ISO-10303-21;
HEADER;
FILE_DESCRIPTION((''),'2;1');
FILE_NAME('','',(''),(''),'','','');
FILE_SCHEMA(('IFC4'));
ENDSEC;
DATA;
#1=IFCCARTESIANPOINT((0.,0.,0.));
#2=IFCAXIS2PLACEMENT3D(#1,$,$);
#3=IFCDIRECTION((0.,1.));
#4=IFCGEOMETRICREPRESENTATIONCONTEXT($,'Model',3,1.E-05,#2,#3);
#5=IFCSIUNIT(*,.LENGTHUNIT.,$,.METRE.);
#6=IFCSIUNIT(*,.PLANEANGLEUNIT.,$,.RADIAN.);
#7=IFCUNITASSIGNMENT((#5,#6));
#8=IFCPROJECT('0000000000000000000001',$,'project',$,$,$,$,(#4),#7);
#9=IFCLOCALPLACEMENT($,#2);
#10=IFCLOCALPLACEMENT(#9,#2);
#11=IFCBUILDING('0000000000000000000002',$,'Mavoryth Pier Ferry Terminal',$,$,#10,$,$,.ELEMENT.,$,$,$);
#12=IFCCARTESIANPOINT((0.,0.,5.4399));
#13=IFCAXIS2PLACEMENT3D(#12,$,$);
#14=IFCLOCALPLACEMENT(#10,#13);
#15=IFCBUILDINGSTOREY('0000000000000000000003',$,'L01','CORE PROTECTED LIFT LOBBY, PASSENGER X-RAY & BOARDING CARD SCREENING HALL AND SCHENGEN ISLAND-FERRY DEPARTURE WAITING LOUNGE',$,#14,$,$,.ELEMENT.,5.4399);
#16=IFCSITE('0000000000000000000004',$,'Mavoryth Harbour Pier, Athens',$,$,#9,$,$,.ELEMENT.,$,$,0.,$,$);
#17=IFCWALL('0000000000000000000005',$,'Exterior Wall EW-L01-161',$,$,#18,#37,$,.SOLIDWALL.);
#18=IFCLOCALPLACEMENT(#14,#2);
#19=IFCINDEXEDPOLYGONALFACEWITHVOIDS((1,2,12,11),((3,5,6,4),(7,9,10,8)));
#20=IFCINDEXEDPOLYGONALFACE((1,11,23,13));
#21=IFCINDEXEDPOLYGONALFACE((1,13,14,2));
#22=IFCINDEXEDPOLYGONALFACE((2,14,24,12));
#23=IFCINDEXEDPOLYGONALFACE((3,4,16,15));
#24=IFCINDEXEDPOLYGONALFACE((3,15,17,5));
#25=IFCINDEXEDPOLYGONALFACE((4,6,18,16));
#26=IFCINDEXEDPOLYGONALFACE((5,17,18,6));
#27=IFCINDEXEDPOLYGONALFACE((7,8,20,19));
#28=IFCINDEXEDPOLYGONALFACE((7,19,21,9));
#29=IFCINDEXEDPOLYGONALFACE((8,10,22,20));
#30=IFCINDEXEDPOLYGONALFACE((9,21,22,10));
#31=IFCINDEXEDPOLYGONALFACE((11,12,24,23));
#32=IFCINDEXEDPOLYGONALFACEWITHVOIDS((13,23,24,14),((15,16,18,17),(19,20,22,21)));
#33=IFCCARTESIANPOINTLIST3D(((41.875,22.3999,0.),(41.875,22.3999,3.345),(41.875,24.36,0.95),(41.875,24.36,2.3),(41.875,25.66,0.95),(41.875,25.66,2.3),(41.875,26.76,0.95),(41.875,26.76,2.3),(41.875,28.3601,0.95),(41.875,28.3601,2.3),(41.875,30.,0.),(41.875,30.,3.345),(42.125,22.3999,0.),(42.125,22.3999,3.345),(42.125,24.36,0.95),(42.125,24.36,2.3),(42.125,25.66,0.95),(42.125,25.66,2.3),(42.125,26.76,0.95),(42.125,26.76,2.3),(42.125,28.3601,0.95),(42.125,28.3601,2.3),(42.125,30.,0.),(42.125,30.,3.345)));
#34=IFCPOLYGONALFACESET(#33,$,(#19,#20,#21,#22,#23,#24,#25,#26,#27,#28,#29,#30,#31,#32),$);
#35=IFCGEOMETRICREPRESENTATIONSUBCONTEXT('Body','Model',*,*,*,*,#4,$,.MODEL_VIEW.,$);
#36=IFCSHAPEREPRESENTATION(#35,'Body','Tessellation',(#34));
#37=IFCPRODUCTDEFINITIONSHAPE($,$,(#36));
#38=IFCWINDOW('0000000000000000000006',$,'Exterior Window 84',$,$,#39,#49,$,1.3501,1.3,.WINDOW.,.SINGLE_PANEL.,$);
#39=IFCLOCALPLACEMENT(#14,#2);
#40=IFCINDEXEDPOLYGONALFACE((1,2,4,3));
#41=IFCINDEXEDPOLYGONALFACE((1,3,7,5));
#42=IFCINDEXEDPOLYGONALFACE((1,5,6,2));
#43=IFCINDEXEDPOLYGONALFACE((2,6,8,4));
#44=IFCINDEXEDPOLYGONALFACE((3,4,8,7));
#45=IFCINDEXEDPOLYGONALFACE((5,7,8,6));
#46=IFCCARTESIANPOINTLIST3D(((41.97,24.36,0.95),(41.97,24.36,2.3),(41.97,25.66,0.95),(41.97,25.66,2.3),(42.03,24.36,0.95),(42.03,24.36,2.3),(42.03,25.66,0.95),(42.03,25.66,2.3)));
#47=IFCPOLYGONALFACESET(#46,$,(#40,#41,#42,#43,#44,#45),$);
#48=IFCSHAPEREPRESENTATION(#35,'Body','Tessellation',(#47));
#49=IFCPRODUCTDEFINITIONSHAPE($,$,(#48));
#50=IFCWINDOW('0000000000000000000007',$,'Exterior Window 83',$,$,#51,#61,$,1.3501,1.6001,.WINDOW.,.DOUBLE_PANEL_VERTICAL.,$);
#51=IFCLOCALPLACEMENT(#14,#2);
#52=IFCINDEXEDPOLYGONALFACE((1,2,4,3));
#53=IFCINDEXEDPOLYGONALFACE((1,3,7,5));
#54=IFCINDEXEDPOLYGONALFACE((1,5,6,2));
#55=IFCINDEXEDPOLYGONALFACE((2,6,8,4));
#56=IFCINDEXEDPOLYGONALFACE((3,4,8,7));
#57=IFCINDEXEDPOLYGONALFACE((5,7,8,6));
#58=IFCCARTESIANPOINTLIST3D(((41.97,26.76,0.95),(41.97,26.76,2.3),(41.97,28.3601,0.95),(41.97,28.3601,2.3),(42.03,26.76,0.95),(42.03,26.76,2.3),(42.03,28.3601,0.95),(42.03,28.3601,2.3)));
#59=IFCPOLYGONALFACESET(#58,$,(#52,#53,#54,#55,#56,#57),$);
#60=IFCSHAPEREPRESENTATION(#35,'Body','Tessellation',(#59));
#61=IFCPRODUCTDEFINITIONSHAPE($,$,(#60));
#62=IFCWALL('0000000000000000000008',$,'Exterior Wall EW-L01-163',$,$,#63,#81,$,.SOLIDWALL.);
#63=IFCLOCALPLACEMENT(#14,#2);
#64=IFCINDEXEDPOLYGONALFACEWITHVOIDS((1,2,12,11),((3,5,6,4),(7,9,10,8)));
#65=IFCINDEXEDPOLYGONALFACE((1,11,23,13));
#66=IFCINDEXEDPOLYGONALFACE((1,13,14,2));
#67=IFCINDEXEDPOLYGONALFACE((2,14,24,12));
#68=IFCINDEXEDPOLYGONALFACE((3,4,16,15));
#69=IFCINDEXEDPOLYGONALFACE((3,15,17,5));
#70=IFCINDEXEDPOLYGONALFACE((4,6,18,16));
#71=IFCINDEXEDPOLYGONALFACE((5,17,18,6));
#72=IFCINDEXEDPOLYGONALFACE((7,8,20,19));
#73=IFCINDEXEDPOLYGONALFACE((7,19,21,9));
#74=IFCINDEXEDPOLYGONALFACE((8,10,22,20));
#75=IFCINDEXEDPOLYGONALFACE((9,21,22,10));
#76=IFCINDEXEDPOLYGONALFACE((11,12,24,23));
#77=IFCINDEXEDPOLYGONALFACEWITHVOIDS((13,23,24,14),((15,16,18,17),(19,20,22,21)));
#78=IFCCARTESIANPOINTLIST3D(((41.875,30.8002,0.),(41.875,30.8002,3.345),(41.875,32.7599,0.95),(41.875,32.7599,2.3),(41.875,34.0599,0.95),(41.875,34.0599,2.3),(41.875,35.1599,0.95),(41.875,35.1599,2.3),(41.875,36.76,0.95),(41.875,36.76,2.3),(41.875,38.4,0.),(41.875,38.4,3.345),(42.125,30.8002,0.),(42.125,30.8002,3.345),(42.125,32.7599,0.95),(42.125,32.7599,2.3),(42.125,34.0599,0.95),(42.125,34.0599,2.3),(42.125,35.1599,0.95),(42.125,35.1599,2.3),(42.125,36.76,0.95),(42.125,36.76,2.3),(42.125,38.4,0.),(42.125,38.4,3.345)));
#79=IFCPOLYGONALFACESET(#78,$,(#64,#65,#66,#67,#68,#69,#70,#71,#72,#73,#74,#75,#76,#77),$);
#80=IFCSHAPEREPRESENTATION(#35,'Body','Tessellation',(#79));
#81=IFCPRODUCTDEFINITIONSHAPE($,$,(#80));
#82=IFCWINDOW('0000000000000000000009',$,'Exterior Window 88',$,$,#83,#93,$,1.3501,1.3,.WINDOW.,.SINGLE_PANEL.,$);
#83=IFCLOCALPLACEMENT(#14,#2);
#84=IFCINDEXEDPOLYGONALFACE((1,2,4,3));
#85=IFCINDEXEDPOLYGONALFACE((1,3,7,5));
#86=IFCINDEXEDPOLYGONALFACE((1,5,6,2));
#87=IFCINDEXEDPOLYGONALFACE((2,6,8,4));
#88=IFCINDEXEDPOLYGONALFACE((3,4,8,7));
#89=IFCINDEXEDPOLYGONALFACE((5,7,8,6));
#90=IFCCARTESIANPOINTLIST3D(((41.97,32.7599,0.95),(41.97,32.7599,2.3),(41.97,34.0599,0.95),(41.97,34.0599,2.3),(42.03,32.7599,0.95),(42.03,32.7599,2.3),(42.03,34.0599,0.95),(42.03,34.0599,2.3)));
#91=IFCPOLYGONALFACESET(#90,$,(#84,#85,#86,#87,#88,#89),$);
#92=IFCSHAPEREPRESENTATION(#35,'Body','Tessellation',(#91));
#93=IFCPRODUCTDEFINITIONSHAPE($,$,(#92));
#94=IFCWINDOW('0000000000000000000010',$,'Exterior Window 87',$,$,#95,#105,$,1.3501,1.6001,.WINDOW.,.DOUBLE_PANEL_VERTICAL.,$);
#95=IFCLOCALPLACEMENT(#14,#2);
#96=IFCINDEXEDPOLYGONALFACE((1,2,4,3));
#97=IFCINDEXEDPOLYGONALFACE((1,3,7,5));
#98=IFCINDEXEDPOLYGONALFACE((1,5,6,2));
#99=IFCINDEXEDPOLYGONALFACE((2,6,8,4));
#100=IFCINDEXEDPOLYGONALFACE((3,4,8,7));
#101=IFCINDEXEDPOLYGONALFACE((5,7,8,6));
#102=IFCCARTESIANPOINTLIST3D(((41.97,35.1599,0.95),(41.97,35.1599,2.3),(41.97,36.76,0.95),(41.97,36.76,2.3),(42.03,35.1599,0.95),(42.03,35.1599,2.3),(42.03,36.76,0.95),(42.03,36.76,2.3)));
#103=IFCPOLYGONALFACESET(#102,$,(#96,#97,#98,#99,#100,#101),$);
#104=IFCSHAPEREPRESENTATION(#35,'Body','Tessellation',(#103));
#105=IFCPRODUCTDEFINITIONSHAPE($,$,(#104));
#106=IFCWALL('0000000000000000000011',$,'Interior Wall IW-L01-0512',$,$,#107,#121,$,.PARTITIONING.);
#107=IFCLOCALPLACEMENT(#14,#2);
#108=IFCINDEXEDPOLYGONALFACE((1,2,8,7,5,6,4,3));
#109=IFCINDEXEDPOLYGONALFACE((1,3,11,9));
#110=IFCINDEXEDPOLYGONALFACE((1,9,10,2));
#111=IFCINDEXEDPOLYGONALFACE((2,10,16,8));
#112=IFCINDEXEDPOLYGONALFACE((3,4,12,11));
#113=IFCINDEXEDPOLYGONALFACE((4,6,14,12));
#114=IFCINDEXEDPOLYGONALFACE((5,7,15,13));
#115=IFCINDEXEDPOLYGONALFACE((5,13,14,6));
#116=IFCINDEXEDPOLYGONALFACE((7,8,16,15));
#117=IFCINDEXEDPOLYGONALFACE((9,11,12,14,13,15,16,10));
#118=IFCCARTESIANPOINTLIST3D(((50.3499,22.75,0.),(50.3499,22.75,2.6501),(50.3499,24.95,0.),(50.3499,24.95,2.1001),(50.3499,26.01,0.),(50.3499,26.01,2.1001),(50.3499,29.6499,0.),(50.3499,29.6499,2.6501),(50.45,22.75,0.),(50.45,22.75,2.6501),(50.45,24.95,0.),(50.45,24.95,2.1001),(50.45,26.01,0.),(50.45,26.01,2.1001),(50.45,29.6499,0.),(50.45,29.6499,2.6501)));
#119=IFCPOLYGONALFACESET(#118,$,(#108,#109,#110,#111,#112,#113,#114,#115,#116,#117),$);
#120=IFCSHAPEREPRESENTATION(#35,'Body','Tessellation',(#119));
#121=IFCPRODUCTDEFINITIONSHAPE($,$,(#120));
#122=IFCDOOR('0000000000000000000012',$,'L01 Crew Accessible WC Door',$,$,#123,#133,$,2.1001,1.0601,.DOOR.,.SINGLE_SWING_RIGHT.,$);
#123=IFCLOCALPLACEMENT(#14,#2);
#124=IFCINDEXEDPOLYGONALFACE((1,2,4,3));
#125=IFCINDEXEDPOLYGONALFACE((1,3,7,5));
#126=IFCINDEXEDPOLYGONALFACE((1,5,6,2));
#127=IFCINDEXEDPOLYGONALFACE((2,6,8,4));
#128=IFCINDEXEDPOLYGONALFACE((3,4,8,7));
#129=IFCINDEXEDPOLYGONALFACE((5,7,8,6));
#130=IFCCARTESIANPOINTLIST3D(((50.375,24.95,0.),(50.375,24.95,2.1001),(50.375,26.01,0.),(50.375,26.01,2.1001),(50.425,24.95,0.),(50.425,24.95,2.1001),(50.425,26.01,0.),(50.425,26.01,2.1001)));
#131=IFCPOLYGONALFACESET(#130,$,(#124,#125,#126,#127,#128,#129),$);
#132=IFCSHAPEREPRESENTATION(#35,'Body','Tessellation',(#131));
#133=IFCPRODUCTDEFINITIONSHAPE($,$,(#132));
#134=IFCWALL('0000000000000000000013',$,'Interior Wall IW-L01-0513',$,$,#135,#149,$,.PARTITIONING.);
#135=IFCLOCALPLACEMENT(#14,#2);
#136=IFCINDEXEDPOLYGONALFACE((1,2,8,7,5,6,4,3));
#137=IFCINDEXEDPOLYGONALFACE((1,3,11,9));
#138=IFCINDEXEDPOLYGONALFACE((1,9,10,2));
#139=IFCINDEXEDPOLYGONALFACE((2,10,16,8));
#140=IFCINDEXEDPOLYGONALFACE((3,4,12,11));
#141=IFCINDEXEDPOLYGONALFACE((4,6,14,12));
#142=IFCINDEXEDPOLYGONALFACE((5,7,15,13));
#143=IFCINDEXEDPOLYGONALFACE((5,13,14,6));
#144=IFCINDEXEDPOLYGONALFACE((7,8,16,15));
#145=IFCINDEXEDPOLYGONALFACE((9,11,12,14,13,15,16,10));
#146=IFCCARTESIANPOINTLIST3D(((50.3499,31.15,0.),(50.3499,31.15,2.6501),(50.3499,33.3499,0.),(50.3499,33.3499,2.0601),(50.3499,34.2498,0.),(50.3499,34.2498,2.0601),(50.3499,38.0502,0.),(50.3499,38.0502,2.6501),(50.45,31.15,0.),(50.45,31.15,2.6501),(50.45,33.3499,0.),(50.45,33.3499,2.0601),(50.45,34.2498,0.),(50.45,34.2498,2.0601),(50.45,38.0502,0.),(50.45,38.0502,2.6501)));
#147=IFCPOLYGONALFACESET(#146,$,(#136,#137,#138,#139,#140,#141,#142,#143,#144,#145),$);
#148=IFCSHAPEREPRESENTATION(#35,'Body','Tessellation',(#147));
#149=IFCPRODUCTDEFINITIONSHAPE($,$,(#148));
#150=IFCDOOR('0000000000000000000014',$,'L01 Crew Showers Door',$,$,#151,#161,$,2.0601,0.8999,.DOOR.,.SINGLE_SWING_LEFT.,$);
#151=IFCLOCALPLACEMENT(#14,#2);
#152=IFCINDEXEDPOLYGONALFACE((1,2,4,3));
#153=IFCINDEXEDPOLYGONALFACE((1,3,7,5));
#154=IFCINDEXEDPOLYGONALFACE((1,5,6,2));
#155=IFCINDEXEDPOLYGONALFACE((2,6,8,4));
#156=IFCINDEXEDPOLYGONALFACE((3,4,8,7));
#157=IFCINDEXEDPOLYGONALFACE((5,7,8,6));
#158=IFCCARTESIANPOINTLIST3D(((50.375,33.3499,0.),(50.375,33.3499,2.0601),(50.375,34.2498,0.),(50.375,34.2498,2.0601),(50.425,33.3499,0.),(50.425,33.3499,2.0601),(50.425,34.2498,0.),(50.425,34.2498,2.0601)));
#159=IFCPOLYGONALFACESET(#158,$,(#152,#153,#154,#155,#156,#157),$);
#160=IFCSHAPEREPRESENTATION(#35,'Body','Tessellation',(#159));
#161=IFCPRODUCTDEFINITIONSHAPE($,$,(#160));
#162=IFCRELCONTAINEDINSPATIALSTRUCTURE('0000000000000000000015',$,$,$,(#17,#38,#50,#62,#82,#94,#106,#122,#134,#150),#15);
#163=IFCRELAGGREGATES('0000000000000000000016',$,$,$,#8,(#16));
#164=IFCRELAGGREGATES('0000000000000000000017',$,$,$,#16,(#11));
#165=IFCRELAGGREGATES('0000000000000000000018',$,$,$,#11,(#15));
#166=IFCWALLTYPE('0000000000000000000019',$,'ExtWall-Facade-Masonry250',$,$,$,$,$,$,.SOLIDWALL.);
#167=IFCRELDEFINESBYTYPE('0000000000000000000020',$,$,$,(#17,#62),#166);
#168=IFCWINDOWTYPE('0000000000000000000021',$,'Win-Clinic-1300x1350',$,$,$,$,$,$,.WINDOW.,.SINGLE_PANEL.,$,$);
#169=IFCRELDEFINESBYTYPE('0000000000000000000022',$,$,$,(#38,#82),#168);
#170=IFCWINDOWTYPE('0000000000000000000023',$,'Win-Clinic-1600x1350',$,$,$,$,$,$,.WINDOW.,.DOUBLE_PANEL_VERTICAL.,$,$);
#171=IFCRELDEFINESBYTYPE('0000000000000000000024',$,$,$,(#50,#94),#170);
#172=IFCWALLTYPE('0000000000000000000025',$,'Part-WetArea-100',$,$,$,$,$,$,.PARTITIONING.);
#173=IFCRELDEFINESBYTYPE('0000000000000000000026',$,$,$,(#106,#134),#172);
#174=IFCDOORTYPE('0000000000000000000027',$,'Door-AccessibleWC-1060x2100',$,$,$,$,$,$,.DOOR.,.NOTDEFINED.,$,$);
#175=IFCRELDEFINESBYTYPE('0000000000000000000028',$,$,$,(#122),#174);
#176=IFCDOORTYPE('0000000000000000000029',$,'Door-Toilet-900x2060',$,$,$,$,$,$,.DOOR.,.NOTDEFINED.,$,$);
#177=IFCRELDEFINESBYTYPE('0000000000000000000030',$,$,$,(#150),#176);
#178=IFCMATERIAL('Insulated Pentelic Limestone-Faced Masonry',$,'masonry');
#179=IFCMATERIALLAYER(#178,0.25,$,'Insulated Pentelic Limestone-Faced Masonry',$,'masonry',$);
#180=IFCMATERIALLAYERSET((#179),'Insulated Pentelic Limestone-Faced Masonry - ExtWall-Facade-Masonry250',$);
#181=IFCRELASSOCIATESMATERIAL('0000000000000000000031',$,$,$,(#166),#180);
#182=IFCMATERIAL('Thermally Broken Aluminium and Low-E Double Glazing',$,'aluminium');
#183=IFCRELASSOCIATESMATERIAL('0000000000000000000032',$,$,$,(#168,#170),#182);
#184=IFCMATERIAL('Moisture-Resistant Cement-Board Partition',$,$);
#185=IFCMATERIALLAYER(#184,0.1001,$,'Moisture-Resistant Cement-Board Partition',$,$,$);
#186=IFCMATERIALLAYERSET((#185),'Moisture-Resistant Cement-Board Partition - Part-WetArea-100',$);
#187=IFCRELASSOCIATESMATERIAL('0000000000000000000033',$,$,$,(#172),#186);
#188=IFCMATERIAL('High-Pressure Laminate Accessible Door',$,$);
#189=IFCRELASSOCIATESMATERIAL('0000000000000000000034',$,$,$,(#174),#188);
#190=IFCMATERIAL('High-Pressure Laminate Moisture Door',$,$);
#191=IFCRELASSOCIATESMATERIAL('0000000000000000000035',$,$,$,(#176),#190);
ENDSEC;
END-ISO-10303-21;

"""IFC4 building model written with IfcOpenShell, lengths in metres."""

from ifc_helpers import new_model, si_unit, direction, frame, frame_2d, origin, place, context, subcontext, project, spatial, rectangle, extrude, material, layer, layer_set, type_object, element, fill, save


model = new_model("IFC4")

# Units and contexts
model_context = context("Model", 3, precision=1e-05, world=origin(), true_north=direction((0.0, 1.0)))
body_context = subcontext(model_context, "Body", "Model", "MODEL_VIEW")
ifc_project = project(units=[si_unit("LENGTHUNIT", "METRE"), si_unit("PLANEANGLEUNIT", "RADIAN")], contexts=[model_context])

# Site, building, storey
site_placement = place(None, origin())
site = spatial("IfcSite", under=ifc_project, at=site_placement, Name="Mavoryth Harbour Pier, Athens", CompositionType="ELEMENT", RefElevation=0.0)
building_placement = place(site_placement, origin())
building = spatial("IfcBuilding", under=site, at=building_placement, Name="Mavoryth Pier Ferry Terminal", CompositionType="ELEMENT")
storey_placement = place(building_placement, frame((0.0, 0.0, 5.4399)))
storey = spatial("IfcBuildingStorey", under=building, at=storey_placement, Name="L01", Description="CORE PROTECTED LIFT LOBBY, PASSENGER X-RAY & BOARDING CARD SCREENING HALL AND SCHENGEN ISLAND-FERRY DEPARTURE WAITING LOUNGE", CompositionType="ELEMENT", Elevation=5.4399)

# Walls, openings, windows
ifc_material_1 = material(Name="Insulated Pentelic Limestone-Faced Masonry", Category="masonry")
ifc_layer_1 = layer(ifc_material_1, 0.25, Name="Insulated Pentelic Limestone-Faced Masonry", Category="masonry")
ifc_layer_set_1 = layer_set([ifc_layer_1], Name="Insulated Pentelic Limestone-Faced Masonry - ExtWall-Facade-Masonry250")
wall_type_1 = type_object("IfcWallType", Name="ExtWall-Facade-Masonry250", PredefinedType="SOLIDWALL", material=ifc_layer_set_1)
wall_1_placement = place(storey_placement, frame((42.0, 30.0, 0.0), z_axis=(0.0, 0.0, 1.0), x_axis=(0.0, -1.0, 0.0)))
wall_1 = element("IfcWall", 1, at=wall_1_placement, inside=storey, type_object=wall_type_1, Name="Exterior Wall EW-L01-161", PredefinedType="SOLIDWALL", context=body_context, shape_type="SweptSolid", body=[
    extrude(rectangle(XDim=7.6001, YDim=0.25, at=frame_2d((3.8, 0.0))), origin(), (0.0, 0.0, 1.0), 3.345),
])
opening_1_placement = place(wall_1_placement, frame((1.6399, 0.0, 0.95)))
opening_1 = element("IfcOpeningElement", 2, at=opening_1_placement, cuts=wall_1, PredefinedType="OPENING", context=body_context, shape_type="SweptSolid", body=[
    extrude(rectangle(XDim=1.6001, YDim=1.3501, at=frame_2d((0.8, 0.675))), frame((0.0, 0.135, 0.0), z_axis=(0.0, -1.0, 0.0), x_axis=(1.0, 0.0, 0.0)), (0.0, 0.0, 1.0), 0.27),
])
opening_2_placement = place(wall_1_placement, frame((4.3401, 0.0, 0.95)))
opening_2 = element("IfcOpeningElement", 3, at=opening_2_placement, cuts=wall_1, PredefinedType="OPENING", context=body_context, shape_type="SweptSolid", body=[
    extrude(rectangle(XDim=1.3, YDim=1.3501, at=frame_2d((0.6499, 0.675))), frame((0.0, 0.135, 0.0), z_axis=(0.0, -1.0, 0.0), x_axis=(1.0, 0.0, 0.0)), (0.0, 0.0, 1.0), 0.27),
])
ifc_material_2 = material(Name="Thermally Broken Aluminium and Low-E Double Glazing", Category="aluminium")
window_type_1 = type_object("IfcWindowType", Name="Win-Clinic-1300x1350", PartitioningType="SINGLE_PANEL", PredefinedType="WINDOW", material=ifc_material_2)
window_1_placement = place(opening_2_placement, origin())
window_1 = element("IfcWindow", 4, at=window_1_placement, inside=storey, type_object=window_type_1, Name="Exterior Window 84", OverallHeight=1.3501, OverallWidth=1.3, PartitioningType="SINGLE_PANEL", PredefinedType="WINDOW", context=body_context, shape_type="SweptSolid", body=[
    extrude(rectangle(XDim=1.3, YDim=1.3501, at=frame_2d((0.6499, 0.675))), frame((0.0, 0.03, 0.0), z_axis=(0.0, -1.0, 0.0), x_axis=(1.0, 0.0, 0.0)), (0.0, 0.0, 1.0), 0.0601),
])
fill(opening_2, window_1)
window_type_2 = type_object("IfcWindowType", Name="Win-Clinic-1600x1350", PartitioningType="DOUBLE_PANEL_VERTICAL", PredefinedType="WINDOW", material=ifc_material_2)
window_2_placement = place(opening_1_placement, origin())
window_2 = element("IfcWindow", 5, at=window_2_placement, inside=storey, type_object=window_type_2, Name="Exterior Window 83", OverallHeight=1.3501, OverallWidth=1.6001, PartitioningType="DOUBLE_PANEL_VERTICAL", PredefinedType="WINDOW", context=body_context, shape_type="SweptSolid", body=[
    extrude(rectangle(XDim=1.6001, YDim=1.3501, at=frame_2d((0.8, 0.675))), frame((0.0, 0.03, 0.0), z_axis=(0.0, -1.0, 0.0), x_axis=(1.0, 0.0, 0.0)), (0.0, 0.0, 1.0), 0.0601),
])
fill(opening_1, window_2)
wall_2_placement = place(storey_placement, frame((42.0, 38.3999, 0.0), z_axis=(0.0, 0.0, 1.0), x_axis=(0.0, -1.0, 0.0)))
wall_2 = element("IfcWall", 6, at=wall_2_placement, inside=storey, type_object=wall_type_1, Name="Exterior Wall EW-L01-163", PredefinedType="SOLIDWALL", context=body_context, shape_type="SweptSolid", body=[
    extrude(rectangle(XDim=7.5999, YDim=0.25, at=frame_2d((3.7998, 0.0))), origin(), (0.0, 0.0, 1.0), 3.345),
])
opening_3_placement = place(wall_2_placement, frame((1.6399, 0.0, 0.95)))
opening_3 = element("IfcOpeningElement", 7, at=opening_3_placement, cuts=wall_2, PredefinedType="OPENING", context=body_context, shape_type="SweptSolid", body=[
    extrude(rectangle(XDim=1.6001, YDim=1.3501, at=frame_2d((0.8, 0.675))), frame((0.0, 0.135, 0.0), z_axis=(0.0, -1.0, 0.0), x_axis=(1.0, 0.0, 0.0)), (0.0, 0.0, 1.0), 0.27),
])
opening_4_placement = place(wall_2_placement, frame((4.3401, 0.0, 0.95)))
opening_4 = element("IfcOpeningElement", 8, at=opening_4_placement, cuts=wall_2, PredefinedType="OPENING", context=body_context, shape_type="SweptSolid", body=[
    extrude(rectangle(XDim=1.3, YDim=1.3501, at=frame_2d((0.6499, 0.675))), frame((0.0, 0.135, 0.0), z_axis=(0.0, -1.0, 0.0), x_axis=(1.0, 0.0, 0.0)), (0.0, 0.0, 1.0), 0.27),
])
window_3_placement = place(opening_4_placement, origin())
window_3 = element("IfcWindow", 9, at=window_3_placement, inside=storey, type_object=window_type_1, Name="Exterior Window 88", OverallHeight=1.3501, OverallWidth=1.3, PartitioningType="SINGLE_PANEL", PredefinedType="WINDOW", context=body_context, shape_type="SweptSolid", body=[
    extrude(rectangle(XDim=1.3, YDim=1.3501, at=frame_2d((0.6499, 0.675))), frame((0.0, 0.03, 0.0), z_axis=(0.0, -1.0, 0.0), x_axis=(1.0, 0.0, 0.0)), (0.0, 0.0, 1.0), 0.0601),
])
fill(opening_4, window_3)
window_4_placement = place(opening_3_placement, origin())
window_4 = element("IfcWindow", 10, at=window_4_placement, inside=storey, type_object=window_type_2, Name="Exterior Window 87", OverallHeight=1.3501, OverallWidth=1.6001, PartitioningType="DOUBLE_PANEL_VERTICAL", PredefinedType="WINDOW", context=body_context, shape_type="SweptSolid", body=[
    extrude(rectangle(XDim=1.6001, YDim=1.3501, at=frame_2d((0.8, 0.675))), frame((0.0, 0.03, 0.0), z_axis=(0.0, -1.0, 0.0), x_axis=(1.0, 0.0, 0.0)), (0.0, 0.0, 1.0), 0.0601),
])
fill(opening_3, window_4)

# Walls, openings, doors
ifc_material_3 = material(Name="Moisture-Resistant Cement-Board Partition")
ifc_layer_2 = layer(ifc_material_3, 0.1001, Name="Moisture-Resistant Cement-Board Partition")
ifc_layer_set_2 = layer_set([ifc_layer_2], Name="Moisture-Resistant Cement-Board Partition - Part-WetArea-100")
wall_type_2 = type_object("IfcWallType", Name="Part-WetArea-100", PredefinedType="PARTITIONING", material=ifc_layer_set_2)
wall_3_placement = place(storey_placement, frame((50.3999, 22.75, 0.0), z_axis=(0.0, 0.0, 1.0), x_axis=(0.0, 1.0, 0.0)))
wall_3 = element("IfcWall", 11, at=wall_3_placement, inside=storey, type_object=wall_type_2, Name="Interior Wall IW-L01-0512", PredefinedType="PARTITIONING", context=body_context, shape_type="SweptSolid", body=[
    extrude(rectangle(XDim=6.8999, YDim=0.1001, at=frame_2d((3.45, 0.0))), origin(), (0.0, 0.0, 1.0), 2.6501),
])
opening_5_placement = place(wall_3_placement, frame((2.2, 0.0, 0.0)))
opening_5 = element("IfcOpeningElement", 12, at=opening_5_placement, cuts=wall_3, PredefinedType="OPENING", context=body_context, shape_type="SweptSolid", body=[
    extrude(rectangle(XDim=1.0601, YDim=2.1001, at=frame_2d((0.53, 1.05))), frame((0.0, 0.0601, 0.0), z_axis=(0.0, -1.0, 0.0), x_axis=(1.0, 0.0, 0.0)), (0.0, 0.0, 1.0), 0.1201),
])
ifc_material_4 = material(Name="High-Pressure Laminate Accessible Door")
door_type_1 = type_object("IfcDoorType", Name="Door-AccessibleWC-1060x2100", OperationType="NOTDEFINED", PredefinedType="DOOR", material=ifc_material_4)
door_1_placement = place(opening_5_placement, origin())
door_1 = element("IfcDoor", 13, at=door_1_placement, inside=storey, type_object=door_type_1, Name="L01 Crew Accessible WC Door", OperationType="SINGLE_SWING_RIGHT", OverallHeight=2.1001, OverallWidth=1.0601, PredefinedType="DOOR", context=body_context, shape_type="SweptSolid", body=[
    extrude(rectangle(XDim=1.0601, YDim=2.1001, at=frame_2d((0.53, 1.05))), frame((0.0, 0.0249, 0.0), z_axis=(0.0, -1.0, 0.0), x_axis=(1.0, 0.0, 0.0)), (0.0, 0.0, 1.0), 0.05),
])
fill(opening_5, door_1)
wall_4_placement = place(storey_placement, frame((50.3999, 31.1499, 0.0), z_axis=(0.0, 0.0, 1.0), x_axis=(0.0, 1.0, 0.0)))
wall_4 = element("IfcWall", 14, at=wall_4_placement, inside=storey, type_object=wall_type_2, Name="Interior Wall IW-L01-0513", PredefinedType="PARTITIONING", context=body_context, shape_type="SweptSolid", body=[
    extrude(rectangle(XDim=6.9001, YDim=0.1001, at=frame_2d((3.4502, 0.0))), origin(), (0.0, 0.0, 1.0), 2.6501),
])
opening_6_placement = place(wall_4_placement, frame((2.2, 0.0, 0.0)))
opening_6 = element("IfcOpeningElement", 15, at=opening_6_placement, cuts=wall_4, PredefinedType="OPENING", context=body_context, shape_type="SweptSolid", body=[
    extrude(rectangle(XDim=0.8999, YDim=2.0601, at=frame_2d((0.45, 1.03))), frame((0.0, 0.0601, 0.0), z_axis=(0.0, -1.0, 0.0), x_axis=(1.0, 0.0, 0.0)), (0.0, 0.0, 1.0), 0.1201),
])
ifc_material_5 = material(Name="High-Pressure Laminate Moisture Door")
door_type_2 = type_object("IfcDoorType", Name="Door-Toilet-900x2060", OperationType="NOTDEFINED", PredefinedType="DOOR", material=ifc_material_5)
door_2_placement = place(opening_6_placement, origin())
door_2 = element("IfcDoor", 16, at=door_2_placement, inside=storey, type_object=door_type_2, Name="L01 Crew Showers Door", OperationType="SINGLE_SWING_LEFT", OverallHeight=2.0601, OverallWidth=0.8999, PredefinedType="DOOR", context=body_context, shape_type="SweptSolid", body=[
    extrude(rectangle(XDim=0.8999, YDim=2.0601, at=frame_2d((0.45, 1.03))), frame((0.0, 0.0249, 0.0), z_axis=(0.0, -1.0, 0.0), x_axis=(1.0, 0.0, 0.0)), (0.0, 0.0, 1.0), 0.05),
])
fill(opening_6, door_2)

save(model, "model.ifc")
